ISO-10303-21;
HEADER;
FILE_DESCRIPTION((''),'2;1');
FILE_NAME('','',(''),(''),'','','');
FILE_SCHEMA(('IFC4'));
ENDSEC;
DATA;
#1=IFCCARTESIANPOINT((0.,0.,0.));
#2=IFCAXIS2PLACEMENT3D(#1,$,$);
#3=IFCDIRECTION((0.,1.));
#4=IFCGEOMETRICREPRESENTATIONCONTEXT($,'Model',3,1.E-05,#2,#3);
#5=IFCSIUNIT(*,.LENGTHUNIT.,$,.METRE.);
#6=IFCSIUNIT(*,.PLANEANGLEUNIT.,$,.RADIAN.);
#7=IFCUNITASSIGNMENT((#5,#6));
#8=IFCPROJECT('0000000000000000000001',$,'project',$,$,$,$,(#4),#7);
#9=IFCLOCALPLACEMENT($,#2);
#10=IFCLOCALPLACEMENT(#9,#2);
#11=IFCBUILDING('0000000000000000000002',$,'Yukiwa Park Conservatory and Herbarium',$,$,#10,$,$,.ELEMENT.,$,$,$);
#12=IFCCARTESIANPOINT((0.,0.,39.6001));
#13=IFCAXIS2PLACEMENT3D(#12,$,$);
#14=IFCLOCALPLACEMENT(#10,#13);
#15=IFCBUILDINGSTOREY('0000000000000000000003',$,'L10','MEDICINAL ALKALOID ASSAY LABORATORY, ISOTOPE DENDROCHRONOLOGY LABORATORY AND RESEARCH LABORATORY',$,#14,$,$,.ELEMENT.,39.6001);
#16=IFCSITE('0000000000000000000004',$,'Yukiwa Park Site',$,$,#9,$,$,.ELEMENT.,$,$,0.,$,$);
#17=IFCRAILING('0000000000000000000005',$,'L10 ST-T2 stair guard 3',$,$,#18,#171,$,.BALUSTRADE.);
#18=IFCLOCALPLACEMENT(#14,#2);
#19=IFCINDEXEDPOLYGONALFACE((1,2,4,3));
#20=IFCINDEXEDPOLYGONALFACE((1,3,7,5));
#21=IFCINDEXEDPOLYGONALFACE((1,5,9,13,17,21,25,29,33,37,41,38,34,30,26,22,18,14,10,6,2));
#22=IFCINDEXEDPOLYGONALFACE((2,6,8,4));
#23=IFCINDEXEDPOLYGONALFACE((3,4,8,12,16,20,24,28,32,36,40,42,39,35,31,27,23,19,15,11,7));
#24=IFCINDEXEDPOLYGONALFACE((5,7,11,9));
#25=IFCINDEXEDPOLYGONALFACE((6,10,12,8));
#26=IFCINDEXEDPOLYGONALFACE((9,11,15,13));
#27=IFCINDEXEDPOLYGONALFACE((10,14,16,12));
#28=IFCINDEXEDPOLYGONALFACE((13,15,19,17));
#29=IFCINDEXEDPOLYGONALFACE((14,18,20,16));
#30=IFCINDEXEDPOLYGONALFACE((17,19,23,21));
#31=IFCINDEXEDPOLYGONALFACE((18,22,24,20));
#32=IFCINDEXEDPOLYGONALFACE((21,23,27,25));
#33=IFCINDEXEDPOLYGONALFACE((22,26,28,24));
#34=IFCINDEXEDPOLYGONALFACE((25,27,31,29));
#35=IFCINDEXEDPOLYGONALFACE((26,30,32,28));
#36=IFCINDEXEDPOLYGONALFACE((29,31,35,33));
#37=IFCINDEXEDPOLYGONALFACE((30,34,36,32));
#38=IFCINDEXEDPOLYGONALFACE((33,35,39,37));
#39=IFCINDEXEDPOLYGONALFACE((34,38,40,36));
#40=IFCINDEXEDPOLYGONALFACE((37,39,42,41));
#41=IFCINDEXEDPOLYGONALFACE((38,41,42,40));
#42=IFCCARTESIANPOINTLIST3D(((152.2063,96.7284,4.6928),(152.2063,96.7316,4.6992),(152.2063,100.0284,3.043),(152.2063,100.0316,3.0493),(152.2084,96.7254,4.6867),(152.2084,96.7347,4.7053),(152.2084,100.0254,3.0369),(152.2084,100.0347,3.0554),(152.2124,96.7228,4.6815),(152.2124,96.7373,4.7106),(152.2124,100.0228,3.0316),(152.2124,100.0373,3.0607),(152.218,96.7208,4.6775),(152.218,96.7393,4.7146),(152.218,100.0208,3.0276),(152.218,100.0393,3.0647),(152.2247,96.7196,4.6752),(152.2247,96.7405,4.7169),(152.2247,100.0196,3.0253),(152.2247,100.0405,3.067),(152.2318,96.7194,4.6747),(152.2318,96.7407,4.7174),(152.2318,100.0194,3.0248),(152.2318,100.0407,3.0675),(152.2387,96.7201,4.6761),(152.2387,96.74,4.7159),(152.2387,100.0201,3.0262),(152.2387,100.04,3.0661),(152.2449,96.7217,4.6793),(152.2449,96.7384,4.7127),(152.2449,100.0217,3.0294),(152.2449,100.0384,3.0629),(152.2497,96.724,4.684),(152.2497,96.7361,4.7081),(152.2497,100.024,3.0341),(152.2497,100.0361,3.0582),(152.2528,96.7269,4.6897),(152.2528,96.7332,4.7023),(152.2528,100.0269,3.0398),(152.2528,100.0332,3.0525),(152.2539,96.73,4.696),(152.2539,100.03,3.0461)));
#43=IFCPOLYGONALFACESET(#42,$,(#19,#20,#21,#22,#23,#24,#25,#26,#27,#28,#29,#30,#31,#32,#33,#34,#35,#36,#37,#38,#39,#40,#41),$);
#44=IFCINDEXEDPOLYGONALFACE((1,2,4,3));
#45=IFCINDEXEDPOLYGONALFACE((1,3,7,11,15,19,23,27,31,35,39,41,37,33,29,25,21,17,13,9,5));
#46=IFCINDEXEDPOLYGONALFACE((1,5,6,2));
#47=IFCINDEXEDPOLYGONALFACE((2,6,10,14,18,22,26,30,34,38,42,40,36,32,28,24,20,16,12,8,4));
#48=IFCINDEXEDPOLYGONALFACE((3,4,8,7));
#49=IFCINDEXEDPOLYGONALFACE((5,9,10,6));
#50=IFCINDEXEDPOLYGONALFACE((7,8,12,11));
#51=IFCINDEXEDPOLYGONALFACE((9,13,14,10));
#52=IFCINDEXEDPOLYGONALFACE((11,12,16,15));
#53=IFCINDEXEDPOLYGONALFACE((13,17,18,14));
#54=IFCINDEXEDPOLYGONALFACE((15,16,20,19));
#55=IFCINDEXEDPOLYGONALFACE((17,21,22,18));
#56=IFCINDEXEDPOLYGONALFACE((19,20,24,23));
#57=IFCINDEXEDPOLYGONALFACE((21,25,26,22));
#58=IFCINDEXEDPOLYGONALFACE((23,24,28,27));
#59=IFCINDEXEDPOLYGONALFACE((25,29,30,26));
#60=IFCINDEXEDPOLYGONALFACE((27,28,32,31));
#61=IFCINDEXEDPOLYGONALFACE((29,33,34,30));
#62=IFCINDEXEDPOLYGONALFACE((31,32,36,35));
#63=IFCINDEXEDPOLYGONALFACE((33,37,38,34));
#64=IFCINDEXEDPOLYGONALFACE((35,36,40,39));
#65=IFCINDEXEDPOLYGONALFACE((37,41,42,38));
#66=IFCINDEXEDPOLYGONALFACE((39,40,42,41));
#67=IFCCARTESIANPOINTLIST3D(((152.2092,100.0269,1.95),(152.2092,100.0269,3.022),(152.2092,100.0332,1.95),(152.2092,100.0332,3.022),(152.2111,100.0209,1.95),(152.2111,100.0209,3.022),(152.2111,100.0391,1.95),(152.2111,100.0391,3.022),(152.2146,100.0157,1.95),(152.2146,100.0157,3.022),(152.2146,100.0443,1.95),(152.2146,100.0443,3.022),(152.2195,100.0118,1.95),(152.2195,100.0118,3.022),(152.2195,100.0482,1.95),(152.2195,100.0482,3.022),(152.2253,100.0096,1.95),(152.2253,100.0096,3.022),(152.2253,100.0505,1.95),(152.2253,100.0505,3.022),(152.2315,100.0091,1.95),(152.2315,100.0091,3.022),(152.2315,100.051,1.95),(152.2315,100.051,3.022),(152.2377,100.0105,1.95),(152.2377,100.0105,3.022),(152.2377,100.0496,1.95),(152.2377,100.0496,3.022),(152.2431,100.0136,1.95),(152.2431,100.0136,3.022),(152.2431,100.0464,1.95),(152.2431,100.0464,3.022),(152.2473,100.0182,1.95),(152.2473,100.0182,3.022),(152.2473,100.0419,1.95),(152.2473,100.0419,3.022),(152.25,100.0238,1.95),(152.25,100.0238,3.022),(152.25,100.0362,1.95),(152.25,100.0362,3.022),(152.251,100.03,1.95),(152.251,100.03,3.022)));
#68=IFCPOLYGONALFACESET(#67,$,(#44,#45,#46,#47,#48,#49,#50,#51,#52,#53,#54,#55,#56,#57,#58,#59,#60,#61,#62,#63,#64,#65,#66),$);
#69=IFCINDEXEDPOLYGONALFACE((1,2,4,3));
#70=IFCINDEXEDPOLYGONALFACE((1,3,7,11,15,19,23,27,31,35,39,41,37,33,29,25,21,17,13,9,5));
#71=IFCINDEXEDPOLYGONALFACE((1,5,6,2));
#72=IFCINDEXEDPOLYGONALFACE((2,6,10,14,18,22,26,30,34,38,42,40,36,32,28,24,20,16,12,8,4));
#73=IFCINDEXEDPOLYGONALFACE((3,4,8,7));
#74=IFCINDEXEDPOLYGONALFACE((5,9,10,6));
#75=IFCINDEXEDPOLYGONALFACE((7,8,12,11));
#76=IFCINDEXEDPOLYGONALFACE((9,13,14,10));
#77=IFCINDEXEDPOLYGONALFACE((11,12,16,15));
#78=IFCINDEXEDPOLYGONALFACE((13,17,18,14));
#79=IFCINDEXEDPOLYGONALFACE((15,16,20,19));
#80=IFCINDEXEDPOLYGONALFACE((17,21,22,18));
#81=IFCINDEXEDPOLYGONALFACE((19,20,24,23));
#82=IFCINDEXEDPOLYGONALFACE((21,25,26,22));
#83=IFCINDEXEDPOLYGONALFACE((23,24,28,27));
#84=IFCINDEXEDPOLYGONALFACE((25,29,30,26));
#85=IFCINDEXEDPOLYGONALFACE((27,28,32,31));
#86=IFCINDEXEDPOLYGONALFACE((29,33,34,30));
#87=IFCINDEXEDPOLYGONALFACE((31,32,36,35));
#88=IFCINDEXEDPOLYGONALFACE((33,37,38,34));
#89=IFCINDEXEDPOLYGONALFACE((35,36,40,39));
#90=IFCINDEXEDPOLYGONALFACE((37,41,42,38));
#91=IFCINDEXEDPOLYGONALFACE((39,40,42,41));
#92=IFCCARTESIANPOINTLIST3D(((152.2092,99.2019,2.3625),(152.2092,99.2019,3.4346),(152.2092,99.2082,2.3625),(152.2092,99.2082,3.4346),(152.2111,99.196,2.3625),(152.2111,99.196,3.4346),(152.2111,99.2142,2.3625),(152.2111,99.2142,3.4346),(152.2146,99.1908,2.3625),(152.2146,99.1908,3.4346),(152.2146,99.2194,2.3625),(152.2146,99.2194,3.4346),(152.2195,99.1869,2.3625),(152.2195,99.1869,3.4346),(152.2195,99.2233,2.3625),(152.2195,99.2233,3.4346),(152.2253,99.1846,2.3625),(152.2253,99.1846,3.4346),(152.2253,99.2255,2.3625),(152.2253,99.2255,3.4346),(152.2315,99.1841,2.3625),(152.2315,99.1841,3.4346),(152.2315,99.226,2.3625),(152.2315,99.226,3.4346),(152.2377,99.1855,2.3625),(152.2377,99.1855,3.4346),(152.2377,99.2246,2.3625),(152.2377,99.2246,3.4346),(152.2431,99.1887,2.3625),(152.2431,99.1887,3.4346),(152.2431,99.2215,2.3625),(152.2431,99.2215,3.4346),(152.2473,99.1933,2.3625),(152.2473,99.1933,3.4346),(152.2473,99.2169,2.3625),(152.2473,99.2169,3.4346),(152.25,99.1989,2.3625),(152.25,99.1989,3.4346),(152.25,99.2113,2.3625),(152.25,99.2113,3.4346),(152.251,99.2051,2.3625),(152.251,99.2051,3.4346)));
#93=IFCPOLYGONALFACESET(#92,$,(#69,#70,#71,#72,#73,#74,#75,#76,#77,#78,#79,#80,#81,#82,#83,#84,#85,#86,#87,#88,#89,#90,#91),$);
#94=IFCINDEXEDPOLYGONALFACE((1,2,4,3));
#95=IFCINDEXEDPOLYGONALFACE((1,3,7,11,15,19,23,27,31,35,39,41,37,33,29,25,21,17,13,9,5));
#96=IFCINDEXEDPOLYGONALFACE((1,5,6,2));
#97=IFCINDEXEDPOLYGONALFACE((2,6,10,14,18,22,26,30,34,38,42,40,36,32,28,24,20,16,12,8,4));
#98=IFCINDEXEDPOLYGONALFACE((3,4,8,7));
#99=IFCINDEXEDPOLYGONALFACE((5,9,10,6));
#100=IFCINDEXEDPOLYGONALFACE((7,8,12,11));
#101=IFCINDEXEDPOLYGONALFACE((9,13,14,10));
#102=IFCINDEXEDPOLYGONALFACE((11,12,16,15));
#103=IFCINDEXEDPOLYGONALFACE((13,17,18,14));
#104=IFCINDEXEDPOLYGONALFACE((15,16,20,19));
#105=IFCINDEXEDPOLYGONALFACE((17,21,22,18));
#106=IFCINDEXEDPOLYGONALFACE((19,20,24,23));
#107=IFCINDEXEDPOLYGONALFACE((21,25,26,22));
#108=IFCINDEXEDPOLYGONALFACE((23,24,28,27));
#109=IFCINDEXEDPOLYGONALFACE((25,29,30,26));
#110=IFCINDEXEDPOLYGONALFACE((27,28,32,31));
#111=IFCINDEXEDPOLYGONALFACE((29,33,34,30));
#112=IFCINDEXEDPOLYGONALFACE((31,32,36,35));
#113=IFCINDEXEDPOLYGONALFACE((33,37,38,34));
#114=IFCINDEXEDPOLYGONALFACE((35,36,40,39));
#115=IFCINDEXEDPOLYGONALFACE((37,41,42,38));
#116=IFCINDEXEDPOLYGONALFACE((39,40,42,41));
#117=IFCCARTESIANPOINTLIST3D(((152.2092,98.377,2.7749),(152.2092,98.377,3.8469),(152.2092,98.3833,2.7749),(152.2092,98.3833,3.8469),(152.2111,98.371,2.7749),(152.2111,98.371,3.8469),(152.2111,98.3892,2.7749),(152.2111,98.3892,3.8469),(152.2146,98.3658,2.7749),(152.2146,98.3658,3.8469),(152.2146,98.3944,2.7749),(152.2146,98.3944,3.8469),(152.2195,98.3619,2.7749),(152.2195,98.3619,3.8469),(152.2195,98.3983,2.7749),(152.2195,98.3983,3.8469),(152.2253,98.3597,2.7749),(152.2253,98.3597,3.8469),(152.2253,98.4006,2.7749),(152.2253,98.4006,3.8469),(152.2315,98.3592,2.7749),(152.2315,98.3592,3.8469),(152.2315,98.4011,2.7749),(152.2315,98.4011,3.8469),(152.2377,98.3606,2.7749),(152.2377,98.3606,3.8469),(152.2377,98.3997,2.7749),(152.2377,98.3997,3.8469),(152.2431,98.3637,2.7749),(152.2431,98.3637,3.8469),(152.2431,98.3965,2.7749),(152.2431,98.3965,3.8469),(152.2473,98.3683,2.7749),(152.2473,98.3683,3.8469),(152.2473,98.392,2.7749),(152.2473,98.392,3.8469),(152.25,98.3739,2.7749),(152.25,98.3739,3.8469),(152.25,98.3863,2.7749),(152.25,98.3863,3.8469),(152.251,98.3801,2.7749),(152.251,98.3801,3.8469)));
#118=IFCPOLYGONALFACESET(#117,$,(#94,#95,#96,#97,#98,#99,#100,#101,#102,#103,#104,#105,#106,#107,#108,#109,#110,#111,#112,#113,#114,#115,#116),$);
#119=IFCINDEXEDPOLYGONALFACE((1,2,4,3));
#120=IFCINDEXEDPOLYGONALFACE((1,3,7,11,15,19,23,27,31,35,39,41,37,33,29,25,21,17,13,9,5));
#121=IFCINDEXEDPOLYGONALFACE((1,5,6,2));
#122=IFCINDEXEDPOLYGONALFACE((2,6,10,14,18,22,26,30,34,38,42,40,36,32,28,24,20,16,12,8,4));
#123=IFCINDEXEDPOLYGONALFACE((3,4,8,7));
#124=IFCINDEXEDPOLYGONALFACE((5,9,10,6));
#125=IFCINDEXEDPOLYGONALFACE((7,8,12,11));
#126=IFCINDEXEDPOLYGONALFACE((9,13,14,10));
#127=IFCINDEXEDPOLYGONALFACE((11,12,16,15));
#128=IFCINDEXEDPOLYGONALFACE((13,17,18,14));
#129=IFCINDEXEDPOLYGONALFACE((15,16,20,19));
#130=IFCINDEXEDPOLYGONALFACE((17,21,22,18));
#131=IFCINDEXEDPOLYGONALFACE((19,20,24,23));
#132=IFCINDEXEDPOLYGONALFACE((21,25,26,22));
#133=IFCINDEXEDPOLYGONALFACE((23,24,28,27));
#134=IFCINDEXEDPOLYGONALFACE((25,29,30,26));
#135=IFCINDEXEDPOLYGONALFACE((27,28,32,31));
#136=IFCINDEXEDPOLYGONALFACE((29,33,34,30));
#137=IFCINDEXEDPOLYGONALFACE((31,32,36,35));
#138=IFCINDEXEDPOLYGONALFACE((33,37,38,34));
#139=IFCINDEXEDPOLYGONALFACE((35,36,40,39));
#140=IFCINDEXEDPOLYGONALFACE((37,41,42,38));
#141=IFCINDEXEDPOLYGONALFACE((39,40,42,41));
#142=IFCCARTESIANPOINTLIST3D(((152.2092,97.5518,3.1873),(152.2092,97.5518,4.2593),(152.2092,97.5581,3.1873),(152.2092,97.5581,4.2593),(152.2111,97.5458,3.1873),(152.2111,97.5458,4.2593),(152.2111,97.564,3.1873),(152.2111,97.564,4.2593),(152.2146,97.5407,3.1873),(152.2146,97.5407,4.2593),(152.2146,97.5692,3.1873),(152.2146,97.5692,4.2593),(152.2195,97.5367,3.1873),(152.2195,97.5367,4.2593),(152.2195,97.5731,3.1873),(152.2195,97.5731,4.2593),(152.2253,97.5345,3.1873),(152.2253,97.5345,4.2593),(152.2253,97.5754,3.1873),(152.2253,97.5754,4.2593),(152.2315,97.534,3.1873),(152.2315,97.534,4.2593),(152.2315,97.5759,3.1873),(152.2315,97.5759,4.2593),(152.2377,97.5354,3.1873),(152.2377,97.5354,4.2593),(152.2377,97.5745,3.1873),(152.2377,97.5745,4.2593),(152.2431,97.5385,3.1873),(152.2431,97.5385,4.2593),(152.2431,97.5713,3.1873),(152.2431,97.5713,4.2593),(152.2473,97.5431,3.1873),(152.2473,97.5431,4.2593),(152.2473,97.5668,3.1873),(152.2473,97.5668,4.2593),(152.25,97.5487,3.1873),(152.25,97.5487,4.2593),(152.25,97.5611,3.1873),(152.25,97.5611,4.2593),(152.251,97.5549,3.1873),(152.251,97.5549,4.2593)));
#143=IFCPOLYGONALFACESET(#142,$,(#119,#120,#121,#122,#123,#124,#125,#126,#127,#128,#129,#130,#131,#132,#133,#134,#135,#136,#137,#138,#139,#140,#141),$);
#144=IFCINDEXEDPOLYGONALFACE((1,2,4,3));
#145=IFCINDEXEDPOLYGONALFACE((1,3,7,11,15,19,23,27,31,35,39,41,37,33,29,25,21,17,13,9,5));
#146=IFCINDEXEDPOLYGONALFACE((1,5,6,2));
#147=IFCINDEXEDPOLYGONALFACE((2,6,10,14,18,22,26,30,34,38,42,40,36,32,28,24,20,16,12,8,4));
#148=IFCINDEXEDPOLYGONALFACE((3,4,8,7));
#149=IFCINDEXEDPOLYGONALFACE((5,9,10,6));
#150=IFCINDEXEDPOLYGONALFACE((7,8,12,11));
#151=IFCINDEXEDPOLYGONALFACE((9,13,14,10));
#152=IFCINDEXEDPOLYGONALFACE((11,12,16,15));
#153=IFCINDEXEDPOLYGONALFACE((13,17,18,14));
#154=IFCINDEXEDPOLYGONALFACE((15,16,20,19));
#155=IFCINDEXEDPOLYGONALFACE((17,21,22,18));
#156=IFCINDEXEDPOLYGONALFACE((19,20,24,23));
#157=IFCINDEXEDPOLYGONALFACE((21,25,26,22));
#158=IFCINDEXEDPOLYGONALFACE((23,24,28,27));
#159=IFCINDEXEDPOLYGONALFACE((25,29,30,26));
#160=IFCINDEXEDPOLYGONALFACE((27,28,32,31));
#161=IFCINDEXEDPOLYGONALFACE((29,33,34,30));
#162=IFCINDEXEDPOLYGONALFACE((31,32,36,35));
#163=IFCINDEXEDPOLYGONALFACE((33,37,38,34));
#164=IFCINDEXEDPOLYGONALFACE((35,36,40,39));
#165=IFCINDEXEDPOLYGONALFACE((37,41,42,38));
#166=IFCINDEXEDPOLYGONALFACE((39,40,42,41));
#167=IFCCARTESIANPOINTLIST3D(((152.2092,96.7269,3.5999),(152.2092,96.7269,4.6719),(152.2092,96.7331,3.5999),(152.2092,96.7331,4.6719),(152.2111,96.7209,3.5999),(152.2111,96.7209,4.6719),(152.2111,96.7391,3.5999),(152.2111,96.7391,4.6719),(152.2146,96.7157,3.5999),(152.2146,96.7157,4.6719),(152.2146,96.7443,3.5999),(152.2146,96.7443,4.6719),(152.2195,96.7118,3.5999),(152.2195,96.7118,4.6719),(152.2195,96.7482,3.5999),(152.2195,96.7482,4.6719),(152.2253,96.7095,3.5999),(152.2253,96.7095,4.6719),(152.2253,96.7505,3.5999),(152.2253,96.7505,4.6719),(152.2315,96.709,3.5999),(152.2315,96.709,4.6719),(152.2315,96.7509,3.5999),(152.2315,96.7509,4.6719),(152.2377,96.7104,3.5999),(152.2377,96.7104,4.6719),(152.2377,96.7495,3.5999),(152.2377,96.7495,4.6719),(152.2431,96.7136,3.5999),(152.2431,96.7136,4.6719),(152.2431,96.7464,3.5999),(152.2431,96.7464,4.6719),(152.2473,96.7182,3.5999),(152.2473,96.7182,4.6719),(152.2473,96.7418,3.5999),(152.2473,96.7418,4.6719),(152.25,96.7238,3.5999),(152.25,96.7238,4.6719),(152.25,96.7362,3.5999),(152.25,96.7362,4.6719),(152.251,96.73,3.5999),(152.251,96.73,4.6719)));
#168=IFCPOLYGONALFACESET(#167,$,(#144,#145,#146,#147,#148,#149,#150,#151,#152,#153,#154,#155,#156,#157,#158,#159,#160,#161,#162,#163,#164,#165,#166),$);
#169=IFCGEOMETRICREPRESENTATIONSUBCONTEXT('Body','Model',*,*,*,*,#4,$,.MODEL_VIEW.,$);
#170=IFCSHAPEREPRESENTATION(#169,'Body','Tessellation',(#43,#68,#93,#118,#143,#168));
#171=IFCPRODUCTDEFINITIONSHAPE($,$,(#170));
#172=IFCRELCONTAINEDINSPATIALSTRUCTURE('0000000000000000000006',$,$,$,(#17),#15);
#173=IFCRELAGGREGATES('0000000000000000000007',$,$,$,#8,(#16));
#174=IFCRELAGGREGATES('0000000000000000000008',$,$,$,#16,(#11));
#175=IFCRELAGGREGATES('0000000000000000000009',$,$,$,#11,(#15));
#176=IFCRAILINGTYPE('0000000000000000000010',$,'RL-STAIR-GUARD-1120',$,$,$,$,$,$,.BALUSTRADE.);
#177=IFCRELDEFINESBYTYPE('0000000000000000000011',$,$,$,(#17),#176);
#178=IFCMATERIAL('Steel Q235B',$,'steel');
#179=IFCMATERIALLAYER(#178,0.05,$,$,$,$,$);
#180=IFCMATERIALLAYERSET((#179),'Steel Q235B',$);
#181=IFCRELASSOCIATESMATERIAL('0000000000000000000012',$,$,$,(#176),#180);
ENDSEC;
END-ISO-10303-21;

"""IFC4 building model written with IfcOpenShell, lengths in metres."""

from ifc_helpers import new_model, si_unit, direction, frame, origin, origin_2d, place, context, subcontext, project, spatial, circle, extrude, material, layer, layer_set, type_object, element, save


model = new_model("IFC4")

# Units and contexts
model_context = context("Model", 3, precision=1e-05, world=origin(), true_north=direction((0.0, 1.0)))
body_context = subcontext(model_context, "Body", "Model", "MODEL_VIEW")
ifc_project = project(units=[si_unit("LENGTHUNIT", "METRE"), si_unit("PLANEANGLEUNIT", "RADIAN")], contexts=[model_context])

# Site, building, storey
site_placement = place(None, origin())
site = spatial("IfcSite", under=ifc_project, at=site_placement, Name="Yukiwa Park Site", CompositionType="ELEMENT", RefElevation=0.0)
building_placement = place(site_placement, origin())
building = spatial("IfcBuilding", under=site, at=building_placement, Name="Yukiwa Park Conservatory and Herbarium", CompositionType="ELEMENT")
storey_placement = place(building_placement, frame((0.0, 0.0, 39.6001)))
storey = spatial("IfcBuildingStorey", under=building, at=storey_placement, Name="L10", Description="MEDICINAL ALKALOID ASSAY LABORATORY, ISOTOPE DENDROCHRONOLOGY LABORATORY AND RESEARCH LABORATORY", CompositionType="ELEMENT", Elevation=39.6001)

# Railing
ifc_material_1 = material(Name="Steel Q235B", Category="steel")
ifc_layer_1 = layer(ifc_material_1, 0.05)
ifc_layer_set_1 = layer_set([ifc_layer_1], Name="Steel Q235B")
railing_type_1 = type_object("IfcRailingType", Name="RL-STAIR-GUARD-1120", PredefinedType="BALUSTRADE", material=ifc_layer_set_1)
railing_1_placement = place(storey_placement, frame((152.23, 100.03, 1.95)))
element("IfcRailing", 1, at=railing_1_placement, inside=storey, type_object=railing_type_1, Name="L10 ST-T2 stair guard 3", PredefinedType="BALUSTRADE", context=body_context, shape_type="SweptSolid", body=[
    extrude(circle(Radius=0.0239, at=origin_2d()), frame((0.0, 0.0, 1.0962), z_axis=(0.0, -0.89444, 0.447187), x_axis=(1.0, 0.0, 0.0)), (0.0, 0.0, 1.0), 3.6895),
    extrude(circle(Radius=0.021, at=origin_2d()), origin(), (0.0, 0.0, 1.0), 1.072),
    extrude(circle(Radius=0.021, at=origin_2d()), frame((0.0, -0.825, 0.4126)), (0.0, 0.0, 1.0), 1.072),
    extrude(circle(Radius=0.021, at=origin_2d()), frame((0.0, -1.6499, 0.825)), (0.0, 0.0, 1.0), 1.072),
    extrude(circle(Radius=0.021, at=origin_2d()), frame((0.0, -2.4751, 1.2373)), (0.0, 0.0, 1.0), 1.072),
    extrude(circle(Radius=0.021, at=origin_2d()), frame((0.0, -3.3, 1.6499)), (0.0, 0.0, 1.0), 1.072),
])

save(model, "model.ifc")
